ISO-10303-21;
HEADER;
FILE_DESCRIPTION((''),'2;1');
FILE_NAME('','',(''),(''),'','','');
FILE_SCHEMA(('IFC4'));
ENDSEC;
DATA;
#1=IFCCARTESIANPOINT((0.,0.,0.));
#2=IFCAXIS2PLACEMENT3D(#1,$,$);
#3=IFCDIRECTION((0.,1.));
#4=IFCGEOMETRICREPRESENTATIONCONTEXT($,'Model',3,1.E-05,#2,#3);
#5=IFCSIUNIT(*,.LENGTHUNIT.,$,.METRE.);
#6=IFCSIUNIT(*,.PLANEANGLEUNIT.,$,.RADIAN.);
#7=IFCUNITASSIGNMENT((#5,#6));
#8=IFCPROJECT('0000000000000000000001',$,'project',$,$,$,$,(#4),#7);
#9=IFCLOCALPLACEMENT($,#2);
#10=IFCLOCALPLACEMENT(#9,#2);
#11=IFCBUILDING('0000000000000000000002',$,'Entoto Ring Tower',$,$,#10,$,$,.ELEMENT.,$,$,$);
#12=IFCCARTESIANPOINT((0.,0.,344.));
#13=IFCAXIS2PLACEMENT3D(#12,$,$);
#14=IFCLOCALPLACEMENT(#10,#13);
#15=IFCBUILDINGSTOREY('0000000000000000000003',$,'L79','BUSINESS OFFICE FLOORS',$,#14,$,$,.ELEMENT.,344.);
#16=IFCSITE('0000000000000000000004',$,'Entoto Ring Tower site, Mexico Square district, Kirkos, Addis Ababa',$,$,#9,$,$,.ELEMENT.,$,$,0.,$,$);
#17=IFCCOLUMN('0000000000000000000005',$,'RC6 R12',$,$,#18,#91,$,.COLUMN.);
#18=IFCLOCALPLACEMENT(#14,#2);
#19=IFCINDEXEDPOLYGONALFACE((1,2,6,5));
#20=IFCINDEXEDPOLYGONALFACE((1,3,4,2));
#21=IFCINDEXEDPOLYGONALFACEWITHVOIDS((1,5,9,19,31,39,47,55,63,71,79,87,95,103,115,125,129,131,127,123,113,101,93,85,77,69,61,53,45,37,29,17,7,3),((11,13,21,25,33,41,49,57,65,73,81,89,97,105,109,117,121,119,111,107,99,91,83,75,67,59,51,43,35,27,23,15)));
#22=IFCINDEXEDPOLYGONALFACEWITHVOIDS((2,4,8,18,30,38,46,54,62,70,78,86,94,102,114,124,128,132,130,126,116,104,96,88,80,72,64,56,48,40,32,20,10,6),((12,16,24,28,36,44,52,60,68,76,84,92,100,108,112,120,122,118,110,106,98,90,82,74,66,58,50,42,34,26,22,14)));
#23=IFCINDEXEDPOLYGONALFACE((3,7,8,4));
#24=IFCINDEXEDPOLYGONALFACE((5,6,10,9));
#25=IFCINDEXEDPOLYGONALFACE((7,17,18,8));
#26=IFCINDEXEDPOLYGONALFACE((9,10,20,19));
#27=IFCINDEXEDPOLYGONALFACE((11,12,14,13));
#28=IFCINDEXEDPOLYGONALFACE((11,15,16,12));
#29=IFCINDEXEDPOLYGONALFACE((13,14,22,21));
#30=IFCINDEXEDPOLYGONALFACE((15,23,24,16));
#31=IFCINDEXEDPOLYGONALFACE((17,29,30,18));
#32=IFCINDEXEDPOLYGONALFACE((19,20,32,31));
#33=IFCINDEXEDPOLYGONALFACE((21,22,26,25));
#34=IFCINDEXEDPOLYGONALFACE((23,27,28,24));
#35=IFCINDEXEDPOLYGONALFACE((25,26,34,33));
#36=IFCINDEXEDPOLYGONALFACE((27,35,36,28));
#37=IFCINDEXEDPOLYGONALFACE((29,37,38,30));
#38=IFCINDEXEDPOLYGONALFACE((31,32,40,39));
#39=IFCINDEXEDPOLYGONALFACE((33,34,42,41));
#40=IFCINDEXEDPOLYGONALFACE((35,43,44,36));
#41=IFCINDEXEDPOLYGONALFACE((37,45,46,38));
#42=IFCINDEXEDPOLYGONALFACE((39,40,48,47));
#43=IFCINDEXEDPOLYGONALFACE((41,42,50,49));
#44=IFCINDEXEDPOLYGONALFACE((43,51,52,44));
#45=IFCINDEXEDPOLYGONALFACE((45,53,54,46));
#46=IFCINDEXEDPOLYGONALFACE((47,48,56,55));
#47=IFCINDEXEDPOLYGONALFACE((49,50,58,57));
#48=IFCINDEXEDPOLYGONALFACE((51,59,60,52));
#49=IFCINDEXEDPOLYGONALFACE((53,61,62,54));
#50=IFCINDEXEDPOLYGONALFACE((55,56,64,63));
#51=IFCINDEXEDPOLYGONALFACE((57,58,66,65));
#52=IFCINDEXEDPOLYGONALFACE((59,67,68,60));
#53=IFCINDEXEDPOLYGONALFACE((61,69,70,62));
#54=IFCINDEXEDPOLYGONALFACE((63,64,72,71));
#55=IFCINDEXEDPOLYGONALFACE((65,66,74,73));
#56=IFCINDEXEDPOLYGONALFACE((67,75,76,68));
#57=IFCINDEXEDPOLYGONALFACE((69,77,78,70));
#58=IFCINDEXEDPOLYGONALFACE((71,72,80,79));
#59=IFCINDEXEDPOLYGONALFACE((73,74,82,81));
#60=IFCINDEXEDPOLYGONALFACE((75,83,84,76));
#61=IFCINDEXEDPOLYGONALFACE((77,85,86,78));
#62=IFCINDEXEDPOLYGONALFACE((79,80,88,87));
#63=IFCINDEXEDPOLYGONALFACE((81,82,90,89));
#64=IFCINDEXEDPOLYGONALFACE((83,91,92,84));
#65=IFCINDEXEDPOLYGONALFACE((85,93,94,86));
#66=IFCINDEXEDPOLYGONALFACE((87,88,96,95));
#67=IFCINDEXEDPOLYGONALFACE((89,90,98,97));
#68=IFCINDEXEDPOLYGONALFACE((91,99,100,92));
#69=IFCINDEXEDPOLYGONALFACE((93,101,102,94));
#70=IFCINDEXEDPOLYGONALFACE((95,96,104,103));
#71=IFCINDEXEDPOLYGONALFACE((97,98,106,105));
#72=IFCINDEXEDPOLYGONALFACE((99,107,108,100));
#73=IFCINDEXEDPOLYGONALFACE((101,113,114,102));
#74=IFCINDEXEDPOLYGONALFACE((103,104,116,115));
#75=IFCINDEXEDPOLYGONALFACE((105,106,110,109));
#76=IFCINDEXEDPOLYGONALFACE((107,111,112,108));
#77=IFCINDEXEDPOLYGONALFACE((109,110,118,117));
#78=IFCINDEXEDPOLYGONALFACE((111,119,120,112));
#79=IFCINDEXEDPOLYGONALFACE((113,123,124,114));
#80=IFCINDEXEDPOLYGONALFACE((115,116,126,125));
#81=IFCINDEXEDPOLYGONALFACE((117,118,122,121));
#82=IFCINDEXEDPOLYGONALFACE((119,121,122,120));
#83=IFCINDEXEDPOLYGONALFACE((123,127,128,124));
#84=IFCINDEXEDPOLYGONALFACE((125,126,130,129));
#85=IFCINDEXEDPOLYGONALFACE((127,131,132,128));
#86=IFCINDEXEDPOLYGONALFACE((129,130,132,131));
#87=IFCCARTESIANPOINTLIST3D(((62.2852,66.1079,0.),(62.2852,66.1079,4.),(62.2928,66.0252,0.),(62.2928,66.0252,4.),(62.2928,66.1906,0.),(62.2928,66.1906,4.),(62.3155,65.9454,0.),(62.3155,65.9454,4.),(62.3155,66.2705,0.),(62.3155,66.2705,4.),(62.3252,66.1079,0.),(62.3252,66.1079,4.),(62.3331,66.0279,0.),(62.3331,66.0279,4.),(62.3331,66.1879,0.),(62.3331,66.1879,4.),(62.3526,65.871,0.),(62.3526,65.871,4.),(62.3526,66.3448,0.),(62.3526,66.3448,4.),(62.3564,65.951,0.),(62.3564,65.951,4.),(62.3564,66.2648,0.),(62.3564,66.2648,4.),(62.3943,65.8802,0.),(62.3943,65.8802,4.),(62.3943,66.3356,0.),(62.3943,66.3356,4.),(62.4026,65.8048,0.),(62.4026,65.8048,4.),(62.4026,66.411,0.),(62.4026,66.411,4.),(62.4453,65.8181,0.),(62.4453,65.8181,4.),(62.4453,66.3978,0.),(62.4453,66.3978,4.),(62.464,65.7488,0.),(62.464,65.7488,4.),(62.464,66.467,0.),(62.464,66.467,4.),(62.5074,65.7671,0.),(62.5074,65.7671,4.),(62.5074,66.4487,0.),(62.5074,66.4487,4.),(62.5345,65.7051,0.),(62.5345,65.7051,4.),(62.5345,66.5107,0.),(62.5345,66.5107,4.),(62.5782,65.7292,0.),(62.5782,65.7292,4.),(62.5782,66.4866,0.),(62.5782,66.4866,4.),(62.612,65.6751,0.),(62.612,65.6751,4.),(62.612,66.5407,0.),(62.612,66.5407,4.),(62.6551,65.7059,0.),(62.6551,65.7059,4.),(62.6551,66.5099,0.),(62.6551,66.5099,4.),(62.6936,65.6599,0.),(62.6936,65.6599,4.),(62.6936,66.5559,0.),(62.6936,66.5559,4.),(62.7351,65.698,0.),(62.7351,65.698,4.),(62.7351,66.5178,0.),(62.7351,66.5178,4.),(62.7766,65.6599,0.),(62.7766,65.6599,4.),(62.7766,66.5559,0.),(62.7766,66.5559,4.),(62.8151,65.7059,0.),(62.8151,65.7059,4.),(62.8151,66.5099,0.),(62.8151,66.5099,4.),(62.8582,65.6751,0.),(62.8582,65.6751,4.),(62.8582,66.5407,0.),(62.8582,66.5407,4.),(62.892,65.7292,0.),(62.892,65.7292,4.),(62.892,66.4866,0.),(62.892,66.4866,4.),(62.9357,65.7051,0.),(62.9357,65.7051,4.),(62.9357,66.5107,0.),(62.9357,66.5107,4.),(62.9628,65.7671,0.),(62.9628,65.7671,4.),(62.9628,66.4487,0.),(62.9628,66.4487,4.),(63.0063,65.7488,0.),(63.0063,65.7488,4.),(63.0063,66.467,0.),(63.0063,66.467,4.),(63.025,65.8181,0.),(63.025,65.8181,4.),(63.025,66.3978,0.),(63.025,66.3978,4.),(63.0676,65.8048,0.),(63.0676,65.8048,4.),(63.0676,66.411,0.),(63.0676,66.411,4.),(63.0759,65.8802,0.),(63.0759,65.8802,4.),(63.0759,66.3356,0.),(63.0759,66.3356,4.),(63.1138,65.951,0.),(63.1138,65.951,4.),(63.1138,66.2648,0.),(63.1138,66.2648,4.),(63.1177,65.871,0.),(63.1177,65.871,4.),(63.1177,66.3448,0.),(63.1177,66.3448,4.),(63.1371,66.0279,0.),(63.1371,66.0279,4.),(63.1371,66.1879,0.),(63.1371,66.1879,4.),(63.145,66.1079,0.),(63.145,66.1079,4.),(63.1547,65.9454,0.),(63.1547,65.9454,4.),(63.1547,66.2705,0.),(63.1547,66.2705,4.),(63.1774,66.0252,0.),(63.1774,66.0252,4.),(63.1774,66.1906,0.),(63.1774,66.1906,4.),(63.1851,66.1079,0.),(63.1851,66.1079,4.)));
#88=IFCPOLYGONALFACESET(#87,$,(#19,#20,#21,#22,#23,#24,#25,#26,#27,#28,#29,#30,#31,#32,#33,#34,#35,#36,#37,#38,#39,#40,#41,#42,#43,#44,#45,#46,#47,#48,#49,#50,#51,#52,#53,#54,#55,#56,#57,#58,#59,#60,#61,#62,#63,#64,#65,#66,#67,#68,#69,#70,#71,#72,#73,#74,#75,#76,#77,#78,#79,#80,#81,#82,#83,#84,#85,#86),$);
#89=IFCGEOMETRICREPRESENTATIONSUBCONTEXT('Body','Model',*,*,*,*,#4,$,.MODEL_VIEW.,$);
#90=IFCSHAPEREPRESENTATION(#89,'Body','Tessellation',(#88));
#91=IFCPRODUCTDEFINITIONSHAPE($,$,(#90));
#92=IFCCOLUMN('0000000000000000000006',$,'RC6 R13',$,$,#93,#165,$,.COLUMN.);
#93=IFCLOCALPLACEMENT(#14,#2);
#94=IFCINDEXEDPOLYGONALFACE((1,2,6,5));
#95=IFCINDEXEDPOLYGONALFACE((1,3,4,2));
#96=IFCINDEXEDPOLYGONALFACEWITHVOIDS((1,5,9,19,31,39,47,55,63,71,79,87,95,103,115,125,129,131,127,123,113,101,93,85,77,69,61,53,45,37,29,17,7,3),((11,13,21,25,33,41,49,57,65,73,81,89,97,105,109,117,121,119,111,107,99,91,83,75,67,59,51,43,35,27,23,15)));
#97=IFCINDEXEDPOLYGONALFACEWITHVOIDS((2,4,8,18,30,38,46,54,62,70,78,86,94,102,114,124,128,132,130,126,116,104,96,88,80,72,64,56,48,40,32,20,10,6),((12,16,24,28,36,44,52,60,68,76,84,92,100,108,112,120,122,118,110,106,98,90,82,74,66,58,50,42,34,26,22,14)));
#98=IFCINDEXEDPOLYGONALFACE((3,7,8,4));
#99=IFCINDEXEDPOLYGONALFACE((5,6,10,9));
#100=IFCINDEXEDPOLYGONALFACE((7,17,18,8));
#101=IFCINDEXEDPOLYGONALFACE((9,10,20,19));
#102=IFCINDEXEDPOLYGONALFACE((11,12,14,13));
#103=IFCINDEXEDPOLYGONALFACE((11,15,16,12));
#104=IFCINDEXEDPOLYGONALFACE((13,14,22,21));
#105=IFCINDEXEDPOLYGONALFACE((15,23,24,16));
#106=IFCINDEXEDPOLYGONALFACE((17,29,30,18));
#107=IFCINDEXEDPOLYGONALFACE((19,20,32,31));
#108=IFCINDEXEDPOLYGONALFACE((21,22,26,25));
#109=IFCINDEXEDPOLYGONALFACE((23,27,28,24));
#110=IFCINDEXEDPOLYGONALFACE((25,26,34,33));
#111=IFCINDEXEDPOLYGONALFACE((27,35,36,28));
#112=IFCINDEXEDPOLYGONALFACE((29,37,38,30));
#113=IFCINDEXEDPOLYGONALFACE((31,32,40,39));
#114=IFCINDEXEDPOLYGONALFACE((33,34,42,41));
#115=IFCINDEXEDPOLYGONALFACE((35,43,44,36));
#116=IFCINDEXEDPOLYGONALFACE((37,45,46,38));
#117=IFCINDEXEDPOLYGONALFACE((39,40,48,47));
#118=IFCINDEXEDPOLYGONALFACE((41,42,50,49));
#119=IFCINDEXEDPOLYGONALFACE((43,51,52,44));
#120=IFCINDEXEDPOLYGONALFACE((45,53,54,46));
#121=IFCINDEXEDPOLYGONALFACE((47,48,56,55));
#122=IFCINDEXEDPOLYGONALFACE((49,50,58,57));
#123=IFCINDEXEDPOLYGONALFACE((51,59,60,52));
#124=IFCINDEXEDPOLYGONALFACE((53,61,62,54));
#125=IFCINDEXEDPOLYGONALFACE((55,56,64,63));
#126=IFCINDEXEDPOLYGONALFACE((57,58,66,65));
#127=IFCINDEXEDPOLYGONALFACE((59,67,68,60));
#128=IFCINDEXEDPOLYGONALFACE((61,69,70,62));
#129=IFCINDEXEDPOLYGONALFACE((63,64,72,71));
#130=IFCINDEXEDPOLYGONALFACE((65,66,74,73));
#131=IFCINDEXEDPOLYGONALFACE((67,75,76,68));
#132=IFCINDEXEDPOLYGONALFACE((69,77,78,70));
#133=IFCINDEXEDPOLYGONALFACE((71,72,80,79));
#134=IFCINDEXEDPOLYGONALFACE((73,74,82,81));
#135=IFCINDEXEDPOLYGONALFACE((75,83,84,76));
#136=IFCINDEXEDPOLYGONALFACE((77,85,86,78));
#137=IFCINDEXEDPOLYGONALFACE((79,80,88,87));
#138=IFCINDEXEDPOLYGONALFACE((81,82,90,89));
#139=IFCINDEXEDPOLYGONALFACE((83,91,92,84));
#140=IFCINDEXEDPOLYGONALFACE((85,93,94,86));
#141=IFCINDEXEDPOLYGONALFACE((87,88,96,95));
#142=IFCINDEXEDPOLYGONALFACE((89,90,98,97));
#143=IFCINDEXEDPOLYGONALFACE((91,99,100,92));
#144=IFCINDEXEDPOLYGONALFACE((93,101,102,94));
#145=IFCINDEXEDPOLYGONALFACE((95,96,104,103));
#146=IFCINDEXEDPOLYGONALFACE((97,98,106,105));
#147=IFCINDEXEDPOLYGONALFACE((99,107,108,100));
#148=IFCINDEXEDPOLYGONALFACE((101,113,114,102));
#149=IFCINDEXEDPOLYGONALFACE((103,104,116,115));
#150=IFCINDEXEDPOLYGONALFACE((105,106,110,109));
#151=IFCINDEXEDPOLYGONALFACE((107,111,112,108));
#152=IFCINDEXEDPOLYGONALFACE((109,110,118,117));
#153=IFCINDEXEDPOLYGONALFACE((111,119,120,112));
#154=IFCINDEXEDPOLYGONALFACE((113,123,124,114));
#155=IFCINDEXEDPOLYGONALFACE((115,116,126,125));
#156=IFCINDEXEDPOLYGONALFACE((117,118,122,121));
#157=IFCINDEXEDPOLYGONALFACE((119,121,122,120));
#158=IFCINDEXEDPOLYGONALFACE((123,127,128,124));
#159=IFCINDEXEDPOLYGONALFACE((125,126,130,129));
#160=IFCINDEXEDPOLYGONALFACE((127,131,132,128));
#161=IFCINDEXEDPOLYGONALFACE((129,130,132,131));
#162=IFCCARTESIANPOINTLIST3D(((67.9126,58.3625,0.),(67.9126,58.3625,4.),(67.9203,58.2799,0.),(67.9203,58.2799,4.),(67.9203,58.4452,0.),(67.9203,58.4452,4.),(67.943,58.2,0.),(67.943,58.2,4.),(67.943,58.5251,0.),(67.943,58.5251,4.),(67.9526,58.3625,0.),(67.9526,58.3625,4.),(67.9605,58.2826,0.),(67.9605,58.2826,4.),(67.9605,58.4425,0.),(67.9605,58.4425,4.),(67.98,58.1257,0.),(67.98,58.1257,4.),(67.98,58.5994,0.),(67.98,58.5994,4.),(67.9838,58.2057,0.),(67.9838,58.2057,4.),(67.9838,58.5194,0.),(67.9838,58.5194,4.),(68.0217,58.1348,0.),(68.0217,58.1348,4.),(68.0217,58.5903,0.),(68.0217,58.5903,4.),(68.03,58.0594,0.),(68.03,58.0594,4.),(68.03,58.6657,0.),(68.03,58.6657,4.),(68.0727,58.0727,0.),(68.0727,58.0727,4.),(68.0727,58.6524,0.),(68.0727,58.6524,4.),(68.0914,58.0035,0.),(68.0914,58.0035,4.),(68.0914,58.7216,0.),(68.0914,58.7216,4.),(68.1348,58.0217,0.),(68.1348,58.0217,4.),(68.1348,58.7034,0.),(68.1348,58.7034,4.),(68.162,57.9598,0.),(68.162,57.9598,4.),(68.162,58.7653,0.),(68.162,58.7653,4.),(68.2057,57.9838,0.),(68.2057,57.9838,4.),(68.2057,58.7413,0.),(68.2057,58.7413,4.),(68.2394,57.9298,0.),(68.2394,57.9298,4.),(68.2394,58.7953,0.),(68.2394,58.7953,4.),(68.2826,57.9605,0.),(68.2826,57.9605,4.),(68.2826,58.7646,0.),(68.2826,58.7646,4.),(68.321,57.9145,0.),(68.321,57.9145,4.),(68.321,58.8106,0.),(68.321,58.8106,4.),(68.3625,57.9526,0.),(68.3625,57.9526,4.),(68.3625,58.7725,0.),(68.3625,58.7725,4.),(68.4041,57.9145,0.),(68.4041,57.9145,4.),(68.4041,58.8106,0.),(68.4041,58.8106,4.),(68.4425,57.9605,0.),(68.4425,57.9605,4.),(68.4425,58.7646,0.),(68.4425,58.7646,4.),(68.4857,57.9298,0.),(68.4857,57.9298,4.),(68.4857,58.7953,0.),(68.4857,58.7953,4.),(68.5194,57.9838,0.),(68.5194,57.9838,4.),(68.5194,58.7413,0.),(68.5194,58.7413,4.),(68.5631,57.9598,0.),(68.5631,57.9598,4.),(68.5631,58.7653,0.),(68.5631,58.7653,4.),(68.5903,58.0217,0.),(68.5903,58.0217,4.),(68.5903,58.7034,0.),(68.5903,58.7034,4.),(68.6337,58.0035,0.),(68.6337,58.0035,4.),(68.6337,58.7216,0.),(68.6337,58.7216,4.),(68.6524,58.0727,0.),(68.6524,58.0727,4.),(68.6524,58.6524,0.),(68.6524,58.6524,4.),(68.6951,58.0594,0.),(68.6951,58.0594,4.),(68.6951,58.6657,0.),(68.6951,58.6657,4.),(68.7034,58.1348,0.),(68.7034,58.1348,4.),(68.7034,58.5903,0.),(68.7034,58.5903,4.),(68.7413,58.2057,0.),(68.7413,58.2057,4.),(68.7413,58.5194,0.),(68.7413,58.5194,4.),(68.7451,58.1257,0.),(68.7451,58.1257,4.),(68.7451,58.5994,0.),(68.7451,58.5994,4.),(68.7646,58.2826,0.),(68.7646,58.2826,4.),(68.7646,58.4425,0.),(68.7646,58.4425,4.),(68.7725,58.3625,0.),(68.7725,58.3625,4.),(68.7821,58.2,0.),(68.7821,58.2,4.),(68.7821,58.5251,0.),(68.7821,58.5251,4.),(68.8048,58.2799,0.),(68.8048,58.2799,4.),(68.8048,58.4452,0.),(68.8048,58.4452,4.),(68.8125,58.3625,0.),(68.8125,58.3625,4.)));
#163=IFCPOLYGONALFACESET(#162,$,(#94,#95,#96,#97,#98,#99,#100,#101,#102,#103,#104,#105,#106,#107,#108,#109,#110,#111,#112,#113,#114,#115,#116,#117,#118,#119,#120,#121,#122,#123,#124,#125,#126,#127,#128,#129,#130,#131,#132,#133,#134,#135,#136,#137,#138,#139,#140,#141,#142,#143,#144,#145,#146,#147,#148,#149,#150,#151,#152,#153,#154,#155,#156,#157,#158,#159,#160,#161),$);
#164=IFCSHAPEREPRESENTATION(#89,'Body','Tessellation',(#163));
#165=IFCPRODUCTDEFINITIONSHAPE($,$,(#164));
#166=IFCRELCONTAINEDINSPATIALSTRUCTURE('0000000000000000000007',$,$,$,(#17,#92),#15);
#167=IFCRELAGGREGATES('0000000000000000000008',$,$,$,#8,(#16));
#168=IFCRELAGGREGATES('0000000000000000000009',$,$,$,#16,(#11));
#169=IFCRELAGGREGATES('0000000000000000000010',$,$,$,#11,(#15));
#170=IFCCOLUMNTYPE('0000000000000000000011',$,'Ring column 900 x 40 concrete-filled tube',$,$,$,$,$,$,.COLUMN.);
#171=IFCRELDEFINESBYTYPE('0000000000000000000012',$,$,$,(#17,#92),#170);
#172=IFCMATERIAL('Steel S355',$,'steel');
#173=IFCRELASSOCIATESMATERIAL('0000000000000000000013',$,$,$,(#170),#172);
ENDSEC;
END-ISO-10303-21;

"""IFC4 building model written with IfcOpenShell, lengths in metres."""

from ifc_helpers import new_model, si_unit, direction, frame, origin, origin_2d, place, context, subcontext, project, spatial, circle, hollow_circle, extrude, material, material_profile, profile_set, type_object, element, save


model = new_model("IFC4")

# Units and contexts
model_context = context("Model", 3, precision=1e-05, world=origin(), true_north=direction((0.0, 1.0)))
body_context = subcontext(model_context, "Body", "Model", "MODEL_VIEW")
ifc_project = project(units=[si_unit("LENGTHUNIT", "METRE"), si_unit("PLANEANGLEUNIT", "RADIAN")], contexts=[model_context])

# Site, building, storey
site_placement = place(None, origin())
site = spatial("IfcSite", under=ifc_project, at=site_placement, Name="Entoto Ring Tower site, Mexico Square district, Kirkos, Addis Ababa", CompositionType="ELEMENT", RefElevation=0.0)
building_placement = place(site_placement, origin())
building = spatial("IfcBuilding", under=site, at=building_placement, Name="Entoto Ring Tower", CompositionType="ELEMENT")
storey_placement = place(building_placement, frame((0.0, 0.0, 344.0)))
storey = spatial("IfcBuildingStorey", under=building, at=storey_placement, Name="L79", Description="BUSINESS OFFICE FLOORS", CompositionType="ELEMENT", Elevation=344.0)

# Columns
ifc_material_1 = material(Name="Steel S355", Category="steel")
ifc_material_profile_1 = material_profile(ifc_material_1, hollow_circle(Radius=0.45, WallThickness=0.04, at=origin_2d()), Name="CHS 900 x 40")
ifc_material_2 = material(Name="Concrete C60/75", Category="concrete")
ifc_material_profile_2 = material_profile(ifc_material_2, circle(Radius=0.4099, at=origin_2d()), Name="Concrete C60/75 infill")
ifc_profile_set_1 = profile_set([ifc_material_profile_1, ifc_material_profile_2], Name="Steel S355")
column_type = type_object("IfcColumnType", Name="Ring column 900 x 40 concrete-filled tube", PredefinedType="COLUMN", material=ifc_profile_set_1)
for number, where, z_axis, x_axis, name in (
    (1, (62.7351, 66.1079, 0.0), (0.0, 0.0, 1.0), (1.0, 0.0, 0.0), "RC6 R12"),
    (2, (68.3625, 58.3625, 0.0), (0.0, 0.0, 1.0), (1.0, 0.0, 0.0), "RC6 R13"),
):
    element("IfcColumn", number, at=place(storey_placement, frame(where, z_axis=z_axis, x_axis=x_axis)), inside=storey, type_object=column_type, Name=name, PredefinedType="COLUMN", context=body_context, shape_type="SweptSolid", body=[
        extrude(hollow_circle(Radius=0.45, WallThickness=0.04, at=origin_2d()), origin(), (0.0, 0.0, 1.0), 4.0),
    ])

save(model, "model.ifc")
